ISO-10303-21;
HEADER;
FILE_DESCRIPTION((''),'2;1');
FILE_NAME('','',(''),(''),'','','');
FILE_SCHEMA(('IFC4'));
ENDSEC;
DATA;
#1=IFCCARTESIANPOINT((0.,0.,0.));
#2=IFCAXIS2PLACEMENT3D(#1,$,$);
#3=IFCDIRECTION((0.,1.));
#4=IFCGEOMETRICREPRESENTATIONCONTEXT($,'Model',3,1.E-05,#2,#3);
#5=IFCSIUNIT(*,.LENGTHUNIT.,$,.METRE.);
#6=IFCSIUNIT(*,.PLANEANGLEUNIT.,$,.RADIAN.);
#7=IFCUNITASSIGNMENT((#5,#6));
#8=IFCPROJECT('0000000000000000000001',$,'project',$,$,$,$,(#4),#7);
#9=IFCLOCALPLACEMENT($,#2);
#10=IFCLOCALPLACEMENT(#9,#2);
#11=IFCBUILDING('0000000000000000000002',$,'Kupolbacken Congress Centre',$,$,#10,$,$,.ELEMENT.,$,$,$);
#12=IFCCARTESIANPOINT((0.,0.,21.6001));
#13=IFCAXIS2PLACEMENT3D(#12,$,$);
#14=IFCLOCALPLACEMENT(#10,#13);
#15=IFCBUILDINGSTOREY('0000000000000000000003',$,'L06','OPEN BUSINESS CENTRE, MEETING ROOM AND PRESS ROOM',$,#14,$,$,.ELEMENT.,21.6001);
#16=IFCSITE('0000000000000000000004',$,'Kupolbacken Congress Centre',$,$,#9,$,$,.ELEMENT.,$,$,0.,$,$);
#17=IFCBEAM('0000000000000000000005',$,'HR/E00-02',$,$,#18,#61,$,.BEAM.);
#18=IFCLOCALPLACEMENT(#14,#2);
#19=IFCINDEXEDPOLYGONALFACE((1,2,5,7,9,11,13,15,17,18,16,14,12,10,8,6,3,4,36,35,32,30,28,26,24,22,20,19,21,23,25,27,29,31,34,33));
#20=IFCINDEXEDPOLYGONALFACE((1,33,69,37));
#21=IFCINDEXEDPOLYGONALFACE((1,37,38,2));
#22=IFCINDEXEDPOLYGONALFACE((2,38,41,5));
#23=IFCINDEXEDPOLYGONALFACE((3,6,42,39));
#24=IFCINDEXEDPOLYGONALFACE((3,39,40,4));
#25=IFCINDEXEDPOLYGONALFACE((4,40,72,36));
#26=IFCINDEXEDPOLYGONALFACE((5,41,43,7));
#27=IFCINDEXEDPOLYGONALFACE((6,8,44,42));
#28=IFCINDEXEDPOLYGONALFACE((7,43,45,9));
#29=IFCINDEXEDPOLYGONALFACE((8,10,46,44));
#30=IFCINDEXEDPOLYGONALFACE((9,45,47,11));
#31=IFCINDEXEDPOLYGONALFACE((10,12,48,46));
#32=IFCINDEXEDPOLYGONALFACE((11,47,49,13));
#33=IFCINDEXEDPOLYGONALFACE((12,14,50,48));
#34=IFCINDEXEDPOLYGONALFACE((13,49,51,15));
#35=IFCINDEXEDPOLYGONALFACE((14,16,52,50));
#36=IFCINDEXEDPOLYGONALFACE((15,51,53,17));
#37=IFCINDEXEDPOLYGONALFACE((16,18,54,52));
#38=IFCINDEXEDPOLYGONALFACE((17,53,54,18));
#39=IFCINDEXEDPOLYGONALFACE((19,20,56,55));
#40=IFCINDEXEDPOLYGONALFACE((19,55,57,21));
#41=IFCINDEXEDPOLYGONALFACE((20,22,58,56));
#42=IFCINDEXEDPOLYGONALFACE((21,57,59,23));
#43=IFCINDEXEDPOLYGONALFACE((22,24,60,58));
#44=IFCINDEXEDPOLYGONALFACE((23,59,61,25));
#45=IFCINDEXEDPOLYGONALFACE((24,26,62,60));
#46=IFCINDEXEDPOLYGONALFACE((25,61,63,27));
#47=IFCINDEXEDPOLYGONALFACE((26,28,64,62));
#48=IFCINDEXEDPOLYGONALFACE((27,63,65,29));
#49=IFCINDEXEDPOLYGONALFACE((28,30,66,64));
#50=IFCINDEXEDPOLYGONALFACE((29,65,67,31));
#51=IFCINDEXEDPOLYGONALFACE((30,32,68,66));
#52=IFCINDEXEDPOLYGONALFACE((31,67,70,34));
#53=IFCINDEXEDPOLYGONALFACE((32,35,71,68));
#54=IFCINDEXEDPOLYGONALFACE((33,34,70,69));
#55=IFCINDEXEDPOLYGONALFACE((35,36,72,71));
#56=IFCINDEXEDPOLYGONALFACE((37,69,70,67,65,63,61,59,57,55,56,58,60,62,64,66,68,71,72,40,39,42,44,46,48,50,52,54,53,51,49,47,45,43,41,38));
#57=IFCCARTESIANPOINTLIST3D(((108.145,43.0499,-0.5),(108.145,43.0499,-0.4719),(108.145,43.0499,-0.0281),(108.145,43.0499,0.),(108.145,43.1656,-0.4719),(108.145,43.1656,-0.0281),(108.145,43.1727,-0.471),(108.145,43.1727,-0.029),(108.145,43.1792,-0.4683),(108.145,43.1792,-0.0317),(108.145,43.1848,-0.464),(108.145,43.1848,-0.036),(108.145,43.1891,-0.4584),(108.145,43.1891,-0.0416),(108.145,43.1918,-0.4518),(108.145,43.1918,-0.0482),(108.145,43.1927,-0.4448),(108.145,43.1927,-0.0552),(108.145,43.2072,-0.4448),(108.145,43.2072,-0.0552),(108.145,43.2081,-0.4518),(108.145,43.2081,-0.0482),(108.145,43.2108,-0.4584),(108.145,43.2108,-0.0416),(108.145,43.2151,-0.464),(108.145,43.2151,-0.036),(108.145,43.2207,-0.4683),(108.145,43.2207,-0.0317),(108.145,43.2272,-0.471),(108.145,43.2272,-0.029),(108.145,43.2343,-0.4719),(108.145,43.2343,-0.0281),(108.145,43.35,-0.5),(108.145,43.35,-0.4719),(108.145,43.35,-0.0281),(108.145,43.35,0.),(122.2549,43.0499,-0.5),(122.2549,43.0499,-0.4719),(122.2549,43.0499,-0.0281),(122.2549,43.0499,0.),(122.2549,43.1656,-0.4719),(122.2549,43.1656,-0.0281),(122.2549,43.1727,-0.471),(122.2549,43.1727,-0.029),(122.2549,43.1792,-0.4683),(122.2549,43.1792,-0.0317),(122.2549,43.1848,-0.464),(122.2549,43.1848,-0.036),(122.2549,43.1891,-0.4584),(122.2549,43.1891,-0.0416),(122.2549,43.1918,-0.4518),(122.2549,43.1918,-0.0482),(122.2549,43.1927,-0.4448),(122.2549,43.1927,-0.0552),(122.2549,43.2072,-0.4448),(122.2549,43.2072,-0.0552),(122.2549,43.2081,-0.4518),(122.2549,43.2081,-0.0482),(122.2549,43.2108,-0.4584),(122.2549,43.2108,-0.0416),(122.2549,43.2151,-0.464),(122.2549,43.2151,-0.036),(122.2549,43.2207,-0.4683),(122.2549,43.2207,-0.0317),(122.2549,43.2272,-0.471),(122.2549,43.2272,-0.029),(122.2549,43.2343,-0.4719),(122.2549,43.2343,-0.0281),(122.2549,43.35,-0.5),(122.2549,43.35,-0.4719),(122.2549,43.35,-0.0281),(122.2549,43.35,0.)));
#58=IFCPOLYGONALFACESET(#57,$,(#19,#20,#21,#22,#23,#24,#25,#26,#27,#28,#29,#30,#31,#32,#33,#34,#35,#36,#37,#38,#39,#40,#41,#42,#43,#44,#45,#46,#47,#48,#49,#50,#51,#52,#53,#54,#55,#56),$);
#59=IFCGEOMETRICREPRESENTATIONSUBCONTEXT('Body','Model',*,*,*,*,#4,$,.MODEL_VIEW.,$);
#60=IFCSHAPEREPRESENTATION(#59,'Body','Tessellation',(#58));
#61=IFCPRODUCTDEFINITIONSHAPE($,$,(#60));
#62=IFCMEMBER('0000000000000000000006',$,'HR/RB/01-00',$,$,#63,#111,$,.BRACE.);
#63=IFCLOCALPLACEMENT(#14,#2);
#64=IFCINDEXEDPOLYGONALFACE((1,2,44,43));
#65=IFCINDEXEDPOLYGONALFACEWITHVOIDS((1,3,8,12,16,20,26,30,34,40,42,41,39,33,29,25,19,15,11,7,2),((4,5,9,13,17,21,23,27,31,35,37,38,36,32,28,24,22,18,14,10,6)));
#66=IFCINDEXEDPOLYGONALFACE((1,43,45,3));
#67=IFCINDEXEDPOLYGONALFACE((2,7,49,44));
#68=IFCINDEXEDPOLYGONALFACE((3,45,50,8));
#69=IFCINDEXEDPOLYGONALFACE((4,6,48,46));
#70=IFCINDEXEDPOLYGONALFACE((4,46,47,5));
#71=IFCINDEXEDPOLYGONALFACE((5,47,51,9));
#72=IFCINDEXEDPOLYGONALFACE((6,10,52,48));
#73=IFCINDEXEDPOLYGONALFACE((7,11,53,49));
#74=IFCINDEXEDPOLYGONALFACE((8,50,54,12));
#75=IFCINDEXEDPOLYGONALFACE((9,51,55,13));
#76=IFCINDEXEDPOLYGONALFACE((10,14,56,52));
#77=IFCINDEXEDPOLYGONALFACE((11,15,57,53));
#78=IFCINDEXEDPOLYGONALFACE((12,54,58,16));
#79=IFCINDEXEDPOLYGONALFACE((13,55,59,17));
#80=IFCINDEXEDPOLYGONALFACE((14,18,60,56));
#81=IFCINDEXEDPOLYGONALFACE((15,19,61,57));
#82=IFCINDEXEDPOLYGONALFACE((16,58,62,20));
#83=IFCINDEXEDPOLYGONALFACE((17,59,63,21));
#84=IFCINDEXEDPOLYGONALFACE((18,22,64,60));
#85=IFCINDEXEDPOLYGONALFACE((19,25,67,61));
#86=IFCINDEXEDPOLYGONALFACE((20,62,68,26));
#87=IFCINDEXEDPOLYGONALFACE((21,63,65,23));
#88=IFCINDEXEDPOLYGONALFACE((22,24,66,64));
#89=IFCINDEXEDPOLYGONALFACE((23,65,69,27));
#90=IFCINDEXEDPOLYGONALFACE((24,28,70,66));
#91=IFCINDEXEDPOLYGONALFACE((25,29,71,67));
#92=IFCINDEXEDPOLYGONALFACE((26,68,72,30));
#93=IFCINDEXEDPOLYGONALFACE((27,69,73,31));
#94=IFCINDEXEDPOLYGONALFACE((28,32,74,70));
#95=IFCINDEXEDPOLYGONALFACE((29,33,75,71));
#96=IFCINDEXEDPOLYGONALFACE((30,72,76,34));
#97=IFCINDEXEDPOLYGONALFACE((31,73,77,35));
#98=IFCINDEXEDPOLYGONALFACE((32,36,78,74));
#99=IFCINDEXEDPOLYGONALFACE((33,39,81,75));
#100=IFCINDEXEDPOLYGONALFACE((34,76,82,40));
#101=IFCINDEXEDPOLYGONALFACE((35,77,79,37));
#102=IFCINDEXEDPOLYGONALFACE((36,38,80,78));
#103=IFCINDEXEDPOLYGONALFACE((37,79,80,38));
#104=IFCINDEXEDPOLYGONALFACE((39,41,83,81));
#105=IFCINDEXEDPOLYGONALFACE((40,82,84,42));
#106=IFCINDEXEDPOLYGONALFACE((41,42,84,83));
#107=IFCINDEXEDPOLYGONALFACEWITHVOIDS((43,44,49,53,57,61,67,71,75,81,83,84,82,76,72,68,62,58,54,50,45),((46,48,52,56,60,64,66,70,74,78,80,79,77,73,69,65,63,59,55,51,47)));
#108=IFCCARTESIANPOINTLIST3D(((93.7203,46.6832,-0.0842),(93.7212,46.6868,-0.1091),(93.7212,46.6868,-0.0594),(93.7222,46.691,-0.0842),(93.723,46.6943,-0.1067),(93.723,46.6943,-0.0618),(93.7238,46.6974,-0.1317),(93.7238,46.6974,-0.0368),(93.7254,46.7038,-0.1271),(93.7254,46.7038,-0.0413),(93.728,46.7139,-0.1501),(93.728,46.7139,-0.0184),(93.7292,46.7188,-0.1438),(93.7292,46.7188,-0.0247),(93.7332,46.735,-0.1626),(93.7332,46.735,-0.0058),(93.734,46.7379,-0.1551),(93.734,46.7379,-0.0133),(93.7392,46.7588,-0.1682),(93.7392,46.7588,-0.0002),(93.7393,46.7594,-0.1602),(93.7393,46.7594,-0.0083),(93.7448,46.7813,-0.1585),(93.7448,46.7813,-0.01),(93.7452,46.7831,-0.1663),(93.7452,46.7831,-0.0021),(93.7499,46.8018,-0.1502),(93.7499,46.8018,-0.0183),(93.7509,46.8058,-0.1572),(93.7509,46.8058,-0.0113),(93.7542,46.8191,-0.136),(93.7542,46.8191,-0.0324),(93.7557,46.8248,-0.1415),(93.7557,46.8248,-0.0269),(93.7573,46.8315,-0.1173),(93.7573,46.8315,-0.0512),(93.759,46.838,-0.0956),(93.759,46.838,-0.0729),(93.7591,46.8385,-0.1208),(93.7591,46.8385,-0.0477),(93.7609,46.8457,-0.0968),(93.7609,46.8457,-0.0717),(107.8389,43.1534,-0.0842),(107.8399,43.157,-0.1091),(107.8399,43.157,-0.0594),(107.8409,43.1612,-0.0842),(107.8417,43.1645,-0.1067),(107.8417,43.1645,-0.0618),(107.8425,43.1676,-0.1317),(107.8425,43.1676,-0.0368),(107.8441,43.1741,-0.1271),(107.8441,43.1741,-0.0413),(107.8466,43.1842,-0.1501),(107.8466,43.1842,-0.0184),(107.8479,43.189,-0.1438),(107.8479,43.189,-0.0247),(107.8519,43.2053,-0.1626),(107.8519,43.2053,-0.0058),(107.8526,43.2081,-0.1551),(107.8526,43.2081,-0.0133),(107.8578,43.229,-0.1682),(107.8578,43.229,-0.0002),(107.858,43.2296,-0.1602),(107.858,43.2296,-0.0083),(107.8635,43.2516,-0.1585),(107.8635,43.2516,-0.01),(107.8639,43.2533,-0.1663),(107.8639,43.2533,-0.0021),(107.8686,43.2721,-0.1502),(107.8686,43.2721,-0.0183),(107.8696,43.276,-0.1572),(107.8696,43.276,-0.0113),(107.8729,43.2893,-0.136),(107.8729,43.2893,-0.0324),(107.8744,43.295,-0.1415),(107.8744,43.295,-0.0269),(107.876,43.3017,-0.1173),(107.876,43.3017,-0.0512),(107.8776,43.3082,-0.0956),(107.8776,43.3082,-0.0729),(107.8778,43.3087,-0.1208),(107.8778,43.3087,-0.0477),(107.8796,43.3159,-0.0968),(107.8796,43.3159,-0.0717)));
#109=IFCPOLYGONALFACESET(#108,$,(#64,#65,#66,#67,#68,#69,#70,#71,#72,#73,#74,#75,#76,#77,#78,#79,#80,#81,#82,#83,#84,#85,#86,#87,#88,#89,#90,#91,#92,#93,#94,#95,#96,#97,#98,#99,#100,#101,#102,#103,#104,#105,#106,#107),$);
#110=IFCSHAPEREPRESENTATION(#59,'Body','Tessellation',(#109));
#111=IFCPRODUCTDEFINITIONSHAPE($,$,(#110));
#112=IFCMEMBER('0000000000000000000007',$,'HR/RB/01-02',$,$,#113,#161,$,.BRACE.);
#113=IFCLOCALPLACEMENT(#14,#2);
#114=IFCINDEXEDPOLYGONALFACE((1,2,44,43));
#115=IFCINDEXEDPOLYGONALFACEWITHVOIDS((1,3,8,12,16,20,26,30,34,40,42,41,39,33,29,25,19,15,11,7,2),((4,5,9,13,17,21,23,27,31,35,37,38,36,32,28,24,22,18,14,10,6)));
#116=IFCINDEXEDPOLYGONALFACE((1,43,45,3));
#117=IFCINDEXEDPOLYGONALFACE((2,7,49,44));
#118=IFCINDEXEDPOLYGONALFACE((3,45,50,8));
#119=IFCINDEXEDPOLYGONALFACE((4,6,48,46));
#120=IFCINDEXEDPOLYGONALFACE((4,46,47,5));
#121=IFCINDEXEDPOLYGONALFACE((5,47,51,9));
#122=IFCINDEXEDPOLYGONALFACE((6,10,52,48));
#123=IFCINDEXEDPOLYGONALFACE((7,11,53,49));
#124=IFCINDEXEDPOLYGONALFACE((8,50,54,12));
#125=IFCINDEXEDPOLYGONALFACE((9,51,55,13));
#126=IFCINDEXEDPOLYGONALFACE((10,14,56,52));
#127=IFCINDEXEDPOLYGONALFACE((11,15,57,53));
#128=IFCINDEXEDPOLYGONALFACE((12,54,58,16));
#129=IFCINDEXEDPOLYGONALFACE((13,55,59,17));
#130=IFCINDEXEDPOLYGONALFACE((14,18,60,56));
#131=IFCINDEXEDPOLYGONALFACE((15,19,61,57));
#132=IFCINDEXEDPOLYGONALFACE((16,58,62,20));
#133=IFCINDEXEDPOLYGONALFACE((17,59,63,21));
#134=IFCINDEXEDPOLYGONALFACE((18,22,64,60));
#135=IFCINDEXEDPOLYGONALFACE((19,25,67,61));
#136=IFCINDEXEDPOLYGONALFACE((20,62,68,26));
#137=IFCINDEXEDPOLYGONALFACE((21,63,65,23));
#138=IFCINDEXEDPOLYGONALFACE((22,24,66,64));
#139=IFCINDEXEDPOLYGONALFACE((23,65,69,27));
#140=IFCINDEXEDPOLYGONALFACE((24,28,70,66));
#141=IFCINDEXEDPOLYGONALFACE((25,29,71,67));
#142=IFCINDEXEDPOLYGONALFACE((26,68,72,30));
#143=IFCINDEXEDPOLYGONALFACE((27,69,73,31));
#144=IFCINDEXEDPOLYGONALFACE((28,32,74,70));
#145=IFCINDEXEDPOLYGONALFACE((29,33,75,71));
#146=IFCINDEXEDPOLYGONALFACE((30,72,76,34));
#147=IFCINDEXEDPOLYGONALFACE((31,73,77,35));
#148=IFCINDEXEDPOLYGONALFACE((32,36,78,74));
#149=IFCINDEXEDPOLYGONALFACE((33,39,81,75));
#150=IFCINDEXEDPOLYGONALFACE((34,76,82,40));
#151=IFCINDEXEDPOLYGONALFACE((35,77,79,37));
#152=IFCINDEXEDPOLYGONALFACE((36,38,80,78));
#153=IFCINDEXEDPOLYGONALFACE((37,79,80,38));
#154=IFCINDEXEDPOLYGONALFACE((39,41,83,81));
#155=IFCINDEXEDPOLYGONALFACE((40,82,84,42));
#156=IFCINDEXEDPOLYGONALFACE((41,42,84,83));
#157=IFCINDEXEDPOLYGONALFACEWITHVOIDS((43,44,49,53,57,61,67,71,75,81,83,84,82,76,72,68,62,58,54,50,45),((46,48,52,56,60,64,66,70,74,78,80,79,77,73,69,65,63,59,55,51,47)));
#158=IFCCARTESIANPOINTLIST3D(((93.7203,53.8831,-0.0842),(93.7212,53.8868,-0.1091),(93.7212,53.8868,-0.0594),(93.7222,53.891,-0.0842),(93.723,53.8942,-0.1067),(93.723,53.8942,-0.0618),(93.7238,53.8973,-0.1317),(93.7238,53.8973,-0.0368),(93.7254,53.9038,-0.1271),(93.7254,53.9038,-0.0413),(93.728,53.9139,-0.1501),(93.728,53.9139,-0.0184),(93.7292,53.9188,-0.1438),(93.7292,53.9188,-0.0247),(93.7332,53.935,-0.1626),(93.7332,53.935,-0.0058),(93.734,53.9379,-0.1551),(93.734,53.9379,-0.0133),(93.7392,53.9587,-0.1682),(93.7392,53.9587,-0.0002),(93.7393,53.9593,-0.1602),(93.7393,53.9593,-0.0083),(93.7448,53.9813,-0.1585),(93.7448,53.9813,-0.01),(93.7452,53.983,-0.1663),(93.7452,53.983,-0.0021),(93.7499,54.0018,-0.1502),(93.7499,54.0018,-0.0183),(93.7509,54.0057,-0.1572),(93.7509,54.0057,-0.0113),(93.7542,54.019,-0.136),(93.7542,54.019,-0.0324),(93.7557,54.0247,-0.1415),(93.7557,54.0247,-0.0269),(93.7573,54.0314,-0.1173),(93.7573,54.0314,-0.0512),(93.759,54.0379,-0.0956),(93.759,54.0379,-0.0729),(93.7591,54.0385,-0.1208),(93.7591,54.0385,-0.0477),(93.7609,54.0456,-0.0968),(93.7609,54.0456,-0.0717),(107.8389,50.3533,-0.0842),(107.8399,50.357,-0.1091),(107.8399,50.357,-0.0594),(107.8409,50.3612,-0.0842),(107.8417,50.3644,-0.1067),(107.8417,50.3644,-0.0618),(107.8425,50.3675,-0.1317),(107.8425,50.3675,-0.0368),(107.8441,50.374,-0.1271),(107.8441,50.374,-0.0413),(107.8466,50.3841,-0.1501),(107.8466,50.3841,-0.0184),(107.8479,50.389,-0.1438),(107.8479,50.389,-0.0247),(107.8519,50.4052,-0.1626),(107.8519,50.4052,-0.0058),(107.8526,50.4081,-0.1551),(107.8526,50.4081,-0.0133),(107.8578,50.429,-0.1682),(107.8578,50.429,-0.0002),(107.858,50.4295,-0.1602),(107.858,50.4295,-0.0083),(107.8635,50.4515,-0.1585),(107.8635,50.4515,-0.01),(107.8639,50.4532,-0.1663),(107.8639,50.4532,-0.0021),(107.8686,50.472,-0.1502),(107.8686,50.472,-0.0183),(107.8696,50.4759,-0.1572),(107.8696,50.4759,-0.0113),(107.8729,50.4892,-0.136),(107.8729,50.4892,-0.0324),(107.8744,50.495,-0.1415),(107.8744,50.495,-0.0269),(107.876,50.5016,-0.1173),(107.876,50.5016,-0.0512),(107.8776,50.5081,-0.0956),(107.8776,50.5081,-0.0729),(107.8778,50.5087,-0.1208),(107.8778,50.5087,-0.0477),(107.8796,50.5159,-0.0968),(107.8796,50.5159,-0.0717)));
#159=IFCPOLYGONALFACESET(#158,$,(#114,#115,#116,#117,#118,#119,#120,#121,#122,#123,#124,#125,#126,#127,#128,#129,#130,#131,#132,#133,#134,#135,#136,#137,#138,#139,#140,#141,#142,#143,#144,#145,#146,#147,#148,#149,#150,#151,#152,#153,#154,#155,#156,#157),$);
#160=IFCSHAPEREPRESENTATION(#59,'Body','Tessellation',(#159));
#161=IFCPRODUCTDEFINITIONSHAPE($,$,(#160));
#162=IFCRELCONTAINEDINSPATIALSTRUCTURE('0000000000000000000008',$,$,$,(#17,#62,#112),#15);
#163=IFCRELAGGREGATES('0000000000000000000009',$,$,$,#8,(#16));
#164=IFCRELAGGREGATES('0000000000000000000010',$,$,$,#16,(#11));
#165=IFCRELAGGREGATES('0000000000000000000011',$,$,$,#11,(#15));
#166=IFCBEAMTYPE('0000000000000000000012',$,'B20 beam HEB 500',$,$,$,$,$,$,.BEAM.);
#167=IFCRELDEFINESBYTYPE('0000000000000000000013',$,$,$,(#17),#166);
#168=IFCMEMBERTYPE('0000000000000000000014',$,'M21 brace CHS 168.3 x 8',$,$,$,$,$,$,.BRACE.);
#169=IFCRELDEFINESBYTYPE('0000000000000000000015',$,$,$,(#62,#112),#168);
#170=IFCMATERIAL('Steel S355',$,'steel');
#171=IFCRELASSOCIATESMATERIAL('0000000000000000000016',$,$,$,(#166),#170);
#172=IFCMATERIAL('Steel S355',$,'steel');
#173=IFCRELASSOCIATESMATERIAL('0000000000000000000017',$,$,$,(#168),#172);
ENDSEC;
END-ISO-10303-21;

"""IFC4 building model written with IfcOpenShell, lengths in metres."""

from ifc_helpers import new_model, si_unit, direction, frame, origin, origin_2d, place, context, subcontext, project, spatial, hollow_circle, i_section, extrude, material, material_profile, profile_set, type_object, element, save


model = new_model("IFC4")

# Units and contexts
model_context = context("Model", 3, precision=1e-05, world=origin(), true_north=direction((0.0, 1.0)))
body_context = subcontext(model_context, "Body", "Model", "MODEL_VIEW")
ifc_project = project(units=[si_unit("LENGTHUNIT", "METRE"), si_unit("PLANEANGLEUNIT", "RADIAN")], contexts=[model_context])

# Site, building, storey
site_placement = place(None, origin())
site = spatial("IfcSite", under=ifc_project, at=site_placement, Name="Kupolbacken Congress Centre", CompositionType="ELEMENT", RefElevation=0.0)
building_placement = place(site_placement, origin())
building = spatial("IfcBuilding", under=site, at=building_placement, Name="Kupolbacken Congress Centre", CompositionType="ELEMENT")
storey_placement = place(building_placement, frame((0.0, 0.0, 21.6001)))
storey = spatial("IfcBuildingStorey", under=building, at=storey_placement, Name="L06", Description="OPEN BUSINESS CENTRE, MEETING ROOM AND PRESS ROOM", CompositionType="ELEMENT", Elevation=21.6001)

# Beam
ifc_material_1 = material(Name="Steel S355", Category="steel")
ifc_material_profile_1 = material_profile(ifc_material_1, i_section(OverallWidth=0.3, OverallDepth=0.5, WebThickness=0.0144, FlangeThickness=0.0281, FilletRadius=0.0271, at=origin_2d()), Name="HEB 500")
ifc_profile_set_1 = profile_set([ifc_material_profile_1], Name="Steel S355")
beam_type_1 = type_object("IfcBeamType", Name="B20 beam HEB 500", PredefinedType="BEAM", material=ifc_profile_set_1)
for number, where, z_axis, x_axis, name in (
    (1, (108.145, 43.2, -0.25), (1.0, 0.0, 0.0), (0.0, 1.0, 0.0), "HR/E00-02"),
):
    element("IfcBeam", number, at=place(storey_placement, frame(where, z_axis=z_axis, x_axis=x_axis)), inside=storey, type_object=beam_type_1, Name=name, PredefinedType="BEAM", context=body_context, shape_type="SweptSolid", body=[
        extrude(i_section(OverallWidth=0.3, OverallDepth=0.5, WebThickness=0.0144, FlangeThickness=0.0281, FilletRadius=0.0271, at=origin_2d()), origin(), (0.0, 0.0, 1.0), 14.1099),
    ])

# Members
ifc_material_2 = material(Name="Steel S355", Category="steel")
ifc_material_profile_2 = material_profile(ifc_material_2, hollow_circle(Radius=0.0842, WallThickness=0.0081, at=origin_2d()), Name="CHS 168.3 x 8")
ifc_profile_set_2 = profile_set([ifc_material_profile_2], Name="Steel S355")
member_type = type_object("IfcMemberType", Name="M21 brace CHS 168.3 x 8", PredefinedType="BRACE", material=ifc_profile_set_2)
for number, where, z_axis, x_axis, name in (
    (2, (107.8594, 43.2351, -0.0842), (-0.970141, 0.242544, 0.0), (-0.242544, -0.970141, 0.0), "HR/RB/01-00"),
    (3, (107.8594, 50.4351, -0.0842), (-0.970141, 0.242544, 0.0), (-0.242544, -0.970141, 0.0), "HR/RB/01-02"),
):
    element("IfcMember", number, at=place(storey_placement, frame(where, z_axis=z_axis, x_axis=x_axis)), inside=storey, type_object=member_type, Name=name, PredefinedType="BRACE", context=body_context, shape_type="SweptSolid", body=[
        extrude(hollow_circle(Radius=0.0842, WallThickness=0.0081, at=origin_2d()), origin(), (0.0, 0.0, 1.0), 14.5532),
    ])

save(model, "model.ifc")
